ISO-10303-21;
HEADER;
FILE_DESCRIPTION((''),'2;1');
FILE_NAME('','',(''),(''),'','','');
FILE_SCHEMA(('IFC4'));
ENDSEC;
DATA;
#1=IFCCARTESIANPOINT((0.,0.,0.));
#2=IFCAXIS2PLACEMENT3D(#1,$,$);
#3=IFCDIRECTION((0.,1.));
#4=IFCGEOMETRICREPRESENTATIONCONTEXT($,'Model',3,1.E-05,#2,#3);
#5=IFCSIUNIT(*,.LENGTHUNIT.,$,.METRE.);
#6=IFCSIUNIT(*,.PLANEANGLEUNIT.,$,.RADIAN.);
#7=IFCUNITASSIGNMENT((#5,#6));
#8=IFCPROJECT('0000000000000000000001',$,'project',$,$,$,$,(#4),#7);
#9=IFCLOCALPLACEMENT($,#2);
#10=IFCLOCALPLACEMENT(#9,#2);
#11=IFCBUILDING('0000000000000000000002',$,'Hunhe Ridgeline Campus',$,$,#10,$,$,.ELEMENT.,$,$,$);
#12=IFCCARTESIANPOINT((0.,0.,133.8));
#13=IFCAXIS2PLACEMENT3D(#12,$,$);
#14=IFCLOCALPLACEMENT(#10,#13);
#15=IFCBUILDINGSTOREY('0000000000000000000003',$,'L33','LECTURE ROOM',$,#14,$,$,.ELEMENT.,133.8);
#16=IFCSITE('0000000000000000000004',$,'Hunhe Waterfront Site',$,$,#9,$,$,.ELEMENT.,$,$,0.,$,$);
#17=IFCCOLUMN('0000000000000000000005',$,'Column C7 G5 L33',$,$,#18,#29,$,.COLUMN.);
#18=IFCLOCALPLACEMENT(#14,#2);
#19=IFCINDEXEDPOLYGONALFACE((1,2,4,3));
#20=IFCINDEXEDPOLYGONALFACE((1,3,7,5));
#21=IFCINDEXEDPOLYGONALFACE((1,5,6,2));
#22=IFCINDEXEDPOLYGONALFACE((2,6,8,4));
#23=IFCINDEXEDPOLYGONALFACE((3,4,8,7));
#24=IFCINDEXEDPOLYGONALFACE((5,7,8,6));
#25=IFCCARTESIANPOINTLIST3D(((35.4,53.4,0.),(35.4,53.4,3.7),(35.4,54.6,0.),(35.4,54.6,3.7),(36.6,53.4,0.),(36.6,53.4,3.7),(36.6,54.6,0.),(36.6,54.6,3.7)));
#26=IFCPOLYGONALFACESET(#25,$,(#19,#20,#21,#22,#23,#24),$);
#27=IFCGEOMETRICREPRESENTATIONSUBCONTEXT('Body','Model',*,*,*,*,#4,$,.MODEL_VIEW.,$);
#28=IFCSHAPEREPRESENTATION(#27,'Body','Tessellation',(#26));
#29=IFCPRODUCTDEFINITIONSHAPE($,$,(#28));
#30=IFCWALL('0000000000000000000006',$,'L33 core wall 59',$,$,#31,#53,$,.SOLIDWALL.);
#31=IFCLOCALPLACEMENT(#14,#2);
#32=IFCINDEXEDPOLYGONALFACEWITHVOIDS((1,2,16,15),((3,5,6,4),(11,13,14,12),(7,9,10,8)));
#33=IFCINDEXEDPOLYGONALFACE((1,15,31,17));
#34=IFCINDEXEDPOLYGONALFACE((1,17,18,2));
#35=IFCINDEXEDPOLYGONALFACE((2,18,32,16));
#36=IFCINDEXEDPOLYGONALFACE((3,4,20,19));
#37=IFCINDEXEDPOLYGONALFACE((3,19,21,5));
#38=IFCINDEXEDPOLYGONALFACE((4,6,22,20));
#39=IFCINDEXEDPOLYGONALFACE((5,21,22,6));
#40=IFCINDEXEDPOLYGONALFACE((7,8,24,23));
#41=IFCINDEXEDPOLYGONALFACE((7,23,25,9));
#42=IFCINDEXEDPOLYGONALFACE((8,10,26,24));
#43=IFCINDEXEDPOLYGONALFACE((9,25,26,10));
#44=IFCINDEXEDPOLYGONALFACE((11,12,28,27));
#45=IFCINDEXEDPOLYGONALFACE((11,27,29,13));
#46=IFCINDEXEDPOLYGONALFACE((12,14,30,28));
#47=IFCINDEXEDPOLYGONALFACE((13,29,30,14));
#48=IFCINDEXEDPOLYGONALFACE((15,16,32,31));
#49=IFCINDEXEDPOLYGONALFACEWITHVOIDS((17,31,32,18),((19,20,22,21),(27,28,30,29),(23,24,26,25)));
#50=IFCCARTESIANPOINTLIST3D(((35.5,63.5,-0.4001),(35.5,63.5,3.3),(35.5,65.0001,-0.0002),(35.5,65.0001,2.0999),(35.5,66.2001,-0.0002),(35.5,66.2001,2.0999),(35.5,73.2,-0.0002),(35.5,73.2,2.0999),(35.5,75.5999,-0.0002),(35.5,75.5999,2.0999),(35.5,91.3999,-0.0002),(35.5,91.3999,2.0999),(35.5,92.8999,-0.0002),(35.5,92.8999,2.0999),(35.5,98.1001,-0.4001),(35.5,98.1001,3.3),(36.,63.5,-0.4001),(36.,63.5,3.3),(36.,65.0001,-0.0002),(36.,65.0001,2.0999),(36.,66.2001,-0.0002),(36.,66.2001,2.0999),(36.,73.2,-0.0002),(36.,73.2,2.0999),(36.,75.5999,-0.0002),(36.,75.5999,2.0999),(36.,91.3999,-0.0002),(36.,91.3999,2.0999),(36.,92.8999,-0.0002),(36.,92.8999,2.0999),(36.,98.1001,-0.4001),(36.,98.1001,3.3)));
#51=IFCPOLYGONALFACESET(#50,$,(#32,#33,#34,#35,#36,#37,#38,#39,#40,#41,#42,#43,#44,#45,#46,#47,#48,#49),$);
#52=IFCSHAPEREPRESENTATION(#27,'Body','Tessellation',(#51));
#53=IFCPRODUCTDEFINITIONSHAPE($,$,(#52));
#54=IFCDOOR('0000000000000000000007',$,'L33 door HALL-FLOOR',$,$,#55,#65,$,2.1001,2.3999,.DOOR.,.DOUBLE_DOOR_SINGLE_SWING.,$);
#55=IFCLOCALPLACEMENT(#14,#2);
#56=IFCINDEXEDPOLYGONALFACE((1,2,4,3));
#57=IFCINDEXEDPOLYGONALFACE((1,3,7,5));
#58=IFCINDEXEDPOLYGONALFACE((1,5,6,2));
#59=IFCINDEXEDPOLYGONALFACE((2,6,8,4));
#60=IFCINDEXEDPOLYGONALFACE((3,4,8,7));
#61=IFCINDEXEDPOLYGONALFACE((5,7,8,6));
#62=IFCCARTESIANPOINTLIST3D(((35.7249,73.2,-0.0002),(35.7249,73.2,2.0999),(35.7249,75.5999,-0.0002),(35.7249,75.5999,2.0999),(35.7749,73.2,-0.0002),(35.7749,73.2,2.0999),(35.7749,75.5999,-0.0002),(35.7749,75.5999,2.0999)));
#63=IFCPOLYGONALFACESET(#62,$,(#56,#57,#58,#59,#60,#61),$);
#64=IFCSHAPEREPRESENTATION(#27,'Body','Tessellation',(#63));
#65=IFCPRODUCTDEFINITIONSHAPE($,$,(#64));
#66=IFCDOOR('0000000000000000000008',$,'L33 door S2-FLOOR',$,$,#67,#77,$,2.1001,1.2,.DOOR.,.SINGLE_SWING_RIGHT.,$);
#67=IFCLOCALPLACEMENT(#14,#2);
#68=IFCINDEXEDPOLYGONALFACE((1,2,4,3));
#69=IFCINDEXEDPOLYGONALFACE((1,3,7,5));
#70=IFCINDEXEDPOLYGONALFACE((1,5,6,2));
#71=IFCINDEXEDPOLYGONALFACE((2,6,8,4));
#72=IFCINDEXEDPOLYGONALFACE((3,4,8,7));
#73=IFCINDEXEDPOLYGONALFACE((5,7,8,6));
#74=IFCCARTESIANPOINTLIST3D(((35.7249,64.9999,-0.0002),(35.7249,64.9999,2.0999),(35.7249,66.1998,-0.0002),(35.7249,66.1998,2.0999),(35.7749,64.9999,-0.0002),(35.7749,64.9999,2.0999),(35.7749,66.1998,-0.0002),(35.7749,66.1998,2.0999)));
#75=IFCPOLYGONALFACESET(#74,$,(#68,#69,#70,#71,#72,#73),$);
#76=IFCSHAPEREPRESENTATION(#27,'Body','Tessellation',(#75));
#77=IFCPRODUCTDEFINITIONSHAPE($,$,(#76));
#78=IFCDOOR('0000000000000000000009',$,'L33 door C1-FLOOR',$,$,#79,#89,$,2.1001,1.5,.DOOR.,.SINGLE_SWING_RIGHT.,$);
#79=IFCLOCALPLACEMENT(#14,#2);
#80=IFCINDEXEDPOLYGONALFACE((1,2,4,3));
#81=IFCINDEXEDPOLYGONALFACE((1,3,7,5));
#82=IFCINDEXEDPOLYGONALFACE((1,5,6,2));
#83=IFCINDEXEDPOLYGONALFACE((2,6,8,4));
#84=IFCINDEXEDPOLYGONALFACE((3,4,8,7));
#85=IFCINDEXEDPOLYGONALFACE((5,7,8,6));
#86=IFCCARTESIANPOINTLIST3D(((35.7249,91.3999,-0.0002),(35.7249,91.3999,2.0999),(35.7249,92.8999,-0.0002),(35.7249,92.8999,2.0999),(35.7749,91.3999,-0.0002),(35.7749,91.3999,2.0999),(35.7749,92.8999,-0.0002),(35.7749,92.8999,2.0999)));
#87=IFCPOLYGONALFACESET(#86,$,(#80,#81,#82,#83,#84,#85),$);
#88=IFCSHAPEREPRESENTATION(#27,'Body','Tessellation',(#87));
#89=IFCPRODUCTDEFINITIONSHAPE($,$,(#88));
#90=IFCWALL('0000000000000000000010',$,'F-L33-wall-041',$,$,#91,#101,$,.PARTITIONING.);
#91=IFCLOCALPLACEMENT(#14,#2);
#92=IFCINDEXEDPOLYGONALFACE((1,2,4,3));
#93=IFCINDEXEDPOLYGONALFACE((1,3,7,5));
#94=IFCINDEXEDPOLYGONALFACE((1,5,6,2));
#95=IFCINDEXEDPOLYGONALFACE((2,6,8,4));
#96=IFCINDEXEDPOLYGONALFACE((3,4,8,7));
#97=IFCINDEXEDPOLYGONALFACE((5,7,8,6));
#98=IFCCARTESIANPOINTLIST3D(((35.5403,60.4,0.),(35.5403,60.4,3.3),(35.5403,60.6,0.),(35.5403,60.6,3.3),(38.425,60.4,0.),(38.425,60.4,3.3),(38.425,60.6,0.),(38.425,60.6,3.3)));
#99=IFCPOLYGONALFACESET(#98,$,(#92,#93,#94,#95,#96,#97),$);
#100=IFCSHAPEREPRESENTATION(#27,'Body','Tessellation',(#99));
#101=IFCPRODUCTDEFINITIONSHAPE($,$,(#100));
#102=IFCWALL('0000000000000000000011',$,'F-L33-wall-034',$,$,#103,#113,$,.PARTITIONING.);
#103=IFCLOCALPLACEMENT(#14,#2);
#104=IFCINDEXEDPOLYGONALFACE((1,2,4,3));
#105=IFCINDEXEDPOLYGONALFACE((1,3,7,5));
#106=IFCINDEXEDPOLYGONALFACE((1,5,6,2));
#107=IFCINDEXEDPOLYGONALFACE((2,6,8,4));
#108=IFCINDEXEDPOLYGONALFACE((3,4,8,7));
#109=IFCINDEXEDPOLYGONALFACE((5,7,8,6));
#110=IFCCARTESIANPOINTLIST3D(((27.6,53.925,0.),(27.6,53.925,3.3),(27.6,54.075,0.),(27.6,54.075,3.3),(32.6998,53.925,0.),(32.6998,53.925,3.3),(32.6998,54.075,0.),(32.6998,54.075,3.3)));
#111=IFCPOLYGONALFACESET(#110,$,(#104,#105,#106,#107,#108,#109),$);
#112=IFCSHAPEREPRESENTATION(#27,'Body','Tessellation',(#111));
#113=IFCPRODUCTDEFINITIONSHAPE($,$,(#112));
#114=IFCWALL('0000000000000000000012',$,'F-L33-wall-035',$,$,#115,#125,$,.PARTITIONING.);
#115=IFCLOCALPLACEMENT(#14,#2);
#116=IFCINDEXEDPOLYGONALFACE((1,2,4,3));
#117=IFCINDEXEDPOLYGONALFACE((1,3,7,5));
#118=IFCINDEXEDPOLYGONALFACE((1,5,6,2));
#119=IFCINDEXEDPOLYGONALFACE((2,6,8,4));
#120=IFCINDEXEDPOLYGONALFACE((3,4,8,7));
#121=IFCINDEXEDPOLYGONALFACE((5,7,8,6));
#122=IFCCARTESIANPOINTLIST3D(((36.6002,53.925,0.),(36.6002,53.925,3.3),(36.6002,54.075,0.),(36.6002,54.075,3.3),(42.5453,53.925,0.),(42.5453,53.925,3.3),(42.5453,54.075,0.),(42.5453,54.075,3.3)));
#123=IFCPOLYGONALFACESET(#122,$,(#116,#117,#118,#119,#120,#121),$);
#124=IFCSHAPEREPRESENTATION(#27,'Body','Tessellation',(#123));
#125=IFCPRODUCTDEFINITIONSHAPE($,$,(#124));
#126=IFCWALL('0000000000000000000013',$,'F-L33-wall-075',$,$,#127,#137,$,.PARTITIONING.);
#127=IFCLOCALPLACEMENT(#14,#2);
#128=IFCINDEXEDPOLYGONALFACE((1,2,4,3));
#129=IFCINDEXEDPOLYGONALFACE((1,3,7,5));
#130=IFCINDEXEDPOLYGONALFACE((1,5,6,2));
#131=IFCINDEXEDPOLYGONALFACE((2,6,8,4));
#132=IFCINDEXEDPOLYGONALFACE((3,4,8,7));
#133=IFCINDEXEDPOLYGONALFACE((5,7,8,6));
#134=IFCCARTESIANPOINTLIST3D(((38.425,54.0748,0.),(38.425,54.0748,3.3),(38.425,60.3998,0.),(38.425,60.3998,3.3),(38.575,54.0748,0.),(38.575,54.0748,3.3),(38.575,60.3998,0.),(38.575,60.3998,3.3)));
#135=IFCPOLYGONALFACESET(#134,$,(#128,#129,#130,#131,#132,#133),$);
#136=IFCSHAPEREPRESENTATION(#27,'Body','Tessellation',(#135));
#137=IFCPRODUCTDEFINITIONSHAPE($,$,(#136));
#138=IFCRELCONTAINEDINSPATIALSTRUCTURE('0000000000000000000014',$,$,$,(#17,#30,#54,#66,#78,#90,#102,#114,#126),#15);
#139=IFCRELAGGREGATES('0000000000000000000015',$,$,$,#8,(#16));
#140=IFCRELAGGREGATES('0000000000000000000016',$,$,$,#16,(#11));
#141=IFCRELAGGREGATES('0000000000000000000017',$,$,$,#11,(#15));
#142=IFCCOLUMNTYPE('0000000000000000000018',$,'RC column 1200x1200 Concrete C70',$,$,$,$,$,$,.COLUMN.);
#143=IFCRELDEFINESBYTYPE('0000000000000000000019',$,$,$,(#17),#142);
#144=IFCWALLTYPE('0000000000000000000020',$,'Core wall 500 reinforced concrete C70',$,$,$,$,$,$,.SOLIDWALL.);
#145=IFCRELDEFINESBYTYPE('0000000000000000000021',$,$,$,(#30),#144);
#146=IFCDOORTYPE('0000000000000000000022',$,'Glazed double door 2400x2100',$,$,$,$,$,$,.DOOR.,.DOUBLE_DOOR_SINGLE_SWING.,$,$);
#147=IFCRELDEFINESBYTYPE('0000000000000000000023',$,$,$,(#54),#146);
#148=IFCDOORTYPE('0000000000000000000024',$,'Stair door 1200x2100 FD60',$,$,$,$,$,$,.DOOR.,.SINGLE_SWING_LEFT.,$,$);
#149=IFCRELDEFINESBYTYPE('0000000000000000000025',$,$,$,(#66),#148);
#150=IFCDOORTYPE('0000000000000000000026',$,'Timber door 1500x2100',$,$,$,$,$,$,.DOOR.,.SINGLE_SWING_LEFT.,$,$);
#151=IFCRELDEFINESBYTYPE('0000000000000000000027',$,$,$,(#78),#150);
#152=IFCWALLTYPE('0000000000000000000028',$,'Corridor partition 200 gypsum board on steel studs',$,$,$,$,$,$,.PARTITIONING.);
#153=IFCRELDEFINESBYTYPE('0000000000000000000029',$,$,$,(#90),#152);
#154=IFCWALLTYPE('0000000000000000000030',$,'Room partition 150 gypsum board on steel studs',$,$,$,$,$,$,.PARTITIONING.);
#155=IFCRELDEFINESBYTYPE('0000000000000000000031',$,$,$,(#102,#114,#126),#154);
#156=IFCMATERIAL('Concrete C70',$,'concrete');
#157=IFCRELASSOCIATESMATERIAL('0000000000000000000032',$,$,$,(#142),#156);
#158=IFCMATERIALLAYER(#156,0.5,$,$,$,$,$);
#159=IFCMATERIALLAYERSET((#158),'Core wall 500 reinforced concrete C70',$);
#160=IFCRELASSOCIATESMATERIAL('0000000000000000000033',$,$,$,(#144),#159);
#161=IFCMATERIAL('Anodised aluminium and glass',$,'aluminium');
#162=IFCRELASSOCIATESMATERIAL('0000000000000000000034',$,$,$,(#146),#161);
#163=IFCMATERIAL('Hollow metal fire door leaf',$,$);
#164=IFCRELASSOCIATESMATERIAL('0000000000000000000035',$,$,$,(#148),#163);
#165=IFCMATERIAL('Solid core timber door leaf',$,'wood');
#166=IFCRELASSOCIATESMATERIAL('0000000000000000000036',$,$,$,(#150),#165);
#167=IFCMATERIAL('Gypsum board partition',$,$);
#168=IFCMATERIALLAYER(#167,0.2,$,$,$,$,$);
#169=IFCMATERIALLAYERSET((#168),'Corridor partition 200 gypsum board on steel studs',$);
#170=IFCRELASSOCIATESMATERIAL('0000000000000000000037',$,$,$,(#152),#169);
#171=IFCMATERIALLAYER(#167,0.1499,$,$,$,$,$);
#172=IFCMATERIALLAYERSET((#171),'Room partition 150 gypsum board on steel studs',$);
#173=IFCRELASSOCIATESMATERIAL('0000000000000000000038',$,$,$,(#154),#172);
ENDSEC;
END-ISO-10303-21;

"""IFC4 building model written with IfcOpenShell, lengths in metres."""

from ifc_helpers import new_model, si_unit, direction, frame, frame_2d, origin, origin_2d, place, context, subcontext, project, spatial, rectangle, extrude, material, layer, layer_set, material_profile, profile_set, type_object, element, fill, save


model = new_model("IFC4")

# Units and contexts
model_context = context("Model", 3, precision=1e-05, world=origin(), true_north=direction((0.0, 1.0)))
body_context = subcontext(model_context, "Body", "Model", "MODEL_VIEW")
ifc_project = project(units=[si_unit("LENGTHUNIT", "METRE"), si_unit("PLANEANGLEUNIT", "RADIAN")], contexts=[model_context])

# Site, building, storey
site_placement = place(None, origin())
site = spatial("IfcSite", under=ifc_project, at=site_placement, Name="Hunhe Waterfront Site", CompositionType="ELEMENT", RefElevation=0.0)
building_placement = place(site_placement, origin())
building = spatial("IfcBuilding", under=site, at=building_placement, Name="Hunhe Ridgeline Campus", CompositionType="ELEMENT")
storey_placement = place(building_placement, frame((0.0, 0.0, 133.8)))
storey = spatial("IfcBuildingStorey", under=building, at=storey_placement, Name="L33", Description="LECTURE ROOM", CompositionType="ELEMENT", Elevation=133.8)

# Column
ifc_material_1 = material(Name="Concrete C70", Category="concrete")
ifc_material_profile = material_profile(ifc_material_1, rectangle(XDim=1.2, YDim=1.2, at=origin_2d()))
ifc_profile_set = profile_set([ifc_material_profile], Name="Concrete C70")
column_type = type_object("IfcColumnType", Name="RC column 1200x1200 Concrete C70", PredefinedType="COLUMN", material=ifc_profile_set)
column_placement = place(storey_placement, frame((36.0, 54.0, 0.0), z_axis=(0.0, 0.0, 1.0), x_axis=(1.0, 0.0, 0.0)))
element("IfcColumn", 1, at=column_placement, inside=storey, type_object=column_type, Name="Column C7 G5 L33", PredefinedType="COLUMN", context=body_context, shape_type="SweptSolid", body=[
    extrude(rectangle(XDim=1.2, YDim=1.2, at=origin_2d()), origin(), (0.0, 0.0, 1.0), 3.7),
])

# Wall, openings, doors
ifc_layer_1 = layer(ifc_material_1, 0.5)
ifc_layer_set_1 = layer_set([ifc_layer_1], Name="Core wall 500 reinforced concrete C70")
wall_type_1 = type_object("IfcWallType", Name="Core wall 500 reinforced concrete C70", PredefinedType="SOLIDWALL", material=ifc_layer_set_1)
wall_1_placement = place(storey_placement, frame((35.75, 63.5, -0.4001), z_axis=(0.0, 0.0, 1.0), x_axis=(0.0, 1.0, 0.0)))
wall_1 = element("IfcWall", 2, at=wall_1_placement, inside=storey, type_object=wall_type_1, Name="L33 core wall 59", PredefinedType="SOLIDWALL", context=body_context, shape_type="SweptSolid", body=[
    extrude(rectangle(XDim=34.6001, YDim=0.5, at=frame_2d((17.3, 0.0))), origin(), (0.0, 0.0, 1.0), 3.7002),
])
opening_1_placement = place(wall_1_placement, frame((9.7, 0.0, 0.3999)))
opening_1 = element("IfcOpeningElement", 3, at=opening_1_placement, cuts=wall_1, PredefinedType="OPENING", context=body_context, shape_type="SweptSolid", body=[
    extrude(rectangle(XDim=2.3999, YDim=2.1001, at=frame_2d((1.2, 1.05))), frame((0.0, 0.25, 0.0), z_axis=(0.0, -1.0, 0.0), x_axis=(1.0, 0.0, 0.0)), (0.0, 0.0, 1.0), 0.5),
])
opening_2_placement = place(wall_1_placement, frame((27.8999, 0.0, 0.3999)))
opening_2 = element("IfcOpeningElement", 4, at=opening_2_placement, cuts=wall_1, PredefinedType="OPENING", context=body_context, shape_type="SweptSolid", body=[
    extrude(rectangle(XDim=1.5, YDim=2.1001, at=frame_2d((0.75, 1.05))), frame((0.0, 0.25, 0.0), z_axis=(0.0, -1.0, 0.0), x_axis=(1.0, 0.0, 0.0)), (0.0, 0.0, 1.0), 0.5),
])
opening_3_placement = place(wall_1_placement, frame((1.5, 0.0, 0.3999)))
opening_3 = element("IfcOpeningElement", 5, at=opening_3_placement, cuts=wall_1, PredefinedType="OPENING", context=body_context, shape_type="SweptSolid", body=[
    extrude(rectangle(XDim=1.2, YDim=2.1001, at=frame_2d((0.6001, 1.05))), frame((0.0, 0.25, 0.0), z_axis=(0.0, -1.0, 0.0), x_axis=(1.0, 0.0, 0.0)), (0.0, 0.0, 1.0), 0.5),
])
ifc_material_2 = material(Name="Anodised aluminium and glass", Category="aluminium")
door_type_1 = type_object("IfcDoorType", Name="Glazed double door 2400x2100", OperationType="DOUBLE_DOOR_SINGLE_SWING", PredefinedType="DOOR", material=ifc_material_2)
door_1_placement = place(opening_1_placement, frame((2.3999, 0.0, 0.0), z_axis=(0.0, 0.0, 1.0), x_axis=(-1.0, 0.0, 0.0)))
door_1 = element("IfcDoor", 6, at=door_1_placement, inside=storey, type_object=door_type_1, Name="L33 door HALL-FLOOR", OperationType="DOUBLE_DOOR_SINGLE_SWING", OverallHeight=2.1001, OverallWidth=2.3999, PredefinedType="DOOR", context=body_context, shape_type="SweptSolid", body=[
    extrude(rectangle(XDim=2.3999, YDim=2.1001, at=frame_2d((1.2, 1.05))), frame((0.0, 0.0249, 0.0), z_axis=(0.0, -1.0, 0.0), x_axis=(1.0, 0.0, 0.0)), (0.0, 0.0, 1.0), 0.05),
])
fill(opening_1, door_1)
ifc_material_3 = material(Name="Hollow metal fire door leaf")
door_type_2 = type_object("IfcDoorType", Name="Stair door 1200x2100 FD60", OperationType="SINGLE_SWING_LEFT", PredefinedType="DOOR", material=ifc_material_3)
door_2_placement = place(opening_3_placement, frame((1.2, 0.0, 0.0), z_axis=(0.0, 0.0, 1.0), x_axis=(-1.0, 0.0, 0.0)))
door_2 = element("IfcDoor", 7, at=door_2_placement, inside=storey, type_object=door_type_2, Name="L33 door S2-FLOOR", OperationType="SINGLE_SWING_RIGHT", OverallHeight=2.1001, OverallWidth=1.2, PredefinedType="DOOR", context=body_context, shape_type="SweptSolid", body=[
    extrude(rectangle(XDim=1.2, YDim=2.1001, at=frame_2d((0.6001, 1.05))), frame((0.0, 0.0249, 0.0), z_axis=(0.0, -1.0, 0.0), x_axis=(1.0, 0.0, 0.0)), (0.0, 0.0, 1.0), 0.05),
])
fill(opening_3, door_2)
ifc_material_4 = material(Name="Solid core timber door leaf", Category="wood")
door_type_3 = type_object("IfcDoorType", Name="Timber door 1500x2100", OperationType="SINGLE_SWING_LEFT", PredefinedType="DOOR", material=ifc_material_4)
door_3_placement = place(opening_2_placement, frame((1.5, 0.0, 0.0), z_axis=(0.0, 0.0, 1.0), x_axis=(-1.0, 0.0, 0.0)))
door_3 = element("IfcDoor", 8, at=door_3_placement, inside=storey, type_object=door_type_3, Name="L33 door C1-FLOOR", OperationType="SINGLE_SWING_RIGHT", OverallHeight=2.1001, OverallWidth=1.5, PredefinedType="DOOR", context=body_context, shape_type="SweptSolid", body=[
    extrude(rectangle(XDim=1.5, YDim=2.1001, at=frame_2d((0.75, 1.05))), frame((0.0, 0.0249, 0.0), z_axis=(0.0, -1.0, 0.0), x_axis=(1.0, 0.0, 0.0)), (0.0, 0.0, 1.0), 0.05),
])
fill(opening_2, door_3)

# Shared definitions
ifc_material_5 = material(Name="Gypsum board partition")
ifc_layer_2 = layer(ifc_material_5, 0.2)
ifc_layer_set_2 = layer_set([ifc_layer_2], Name="Corridor partition 200 gypsum board on steel studs")
wall_type_2 = type_object("IfcWallType", Name="Corridor partition 200 gypsum board on steel studs", PredefinedType="PARTITIONING", material=ifc_layer_set_2)

# Wall
wall_2_placement = place(storey_placement, frame((38.425, 60.5, 0.0), z_axis=(0.0, 0.0, 1.0), x_axis=(-1.0, 0.0, 0.0)))
element("IfcWall", 9, at=wall_2_placement, inside=storey, type_object=wall_type_2, Name="F-L33-wall-041", PredefinedType="PARTITIONING", context=body_context, shape_type="SweptSolid", body=[
    extrude(rectangle(XDim=2.8848, YDim=0.2, at=frame_2d((1.4424, 0.0))), origin(), (0.0, 0.0, 1.0), 3.3),
])

# Walls
ifc_layer_3 = layer(ifc_material_5, 0.1499)
ifc_layer_set_3 = layer_set([ifc_layer_3], Name="Room partition 150 gypsum board on steel studs")
wall_type_3 = type_object("IfcWallType", Name="Room partition 150 gypsum board on steel studs", PredefinedType="PARTITIONING", material=ifc_layer_set_3)
wall_3_placement = place(storey_placement, frame((27.6001, 54.0, 0.0), z_axis=(0.0, 0.0, 1.0), x_axis=(1.0, 0.0, 0.0)))
element("IfcWall", 10, at=wall_3_placement, inside=storey, type_object=wall_type_3, Name="F-L33-wall-034", PredefinedType="PARTITIONING", context=body_context, shape_type="SweptSolid", body=[
    extrude(rectangle(XDim=5.0999, YDim=0.1499, at=frame_2d((2.5498, 0.0))), origin(), (0.0, 0.0, 1.0), 3.3),
])
wall_4_placement = place(storey_placement, frame((36.6001, 54.0, 0.0), z_axis=(0.0, 0.0, 1.0), x_axis=(1.0, 0.0, 0.0)))
element("IfcWall", 11, at=wall_4_placement, inside=storey, type_object=wall_type_3, Name="F-L33-wall-035", PredefinedType="PARTITIONING", context=body_context, shape_type="SweptSolid", body=[
    extrude(rectangle(XDim=5.9451, YDim=0.1499, at=frame_2d((2.9727, 0.0))), origin(), (0.0, 0.0, 1.0), 3.3),
])
wall_5_placement = place(storey_placement, frame((38.5, 60.3999, 0.0), z_axis=(0.0, 0.0, 1.0), x_axis=(0.0, -1.0, 0.0)))
element("IfcWall", 12, at=wall_5_placement, inside=storey, type_object=wall_type_3, Name="F-L33-wall-075", PredefinedType="PARTITIONING", context=body_context, shape_type="SweptSolid", body=[
    extrude(rectangle(XDim=6.325, YDim=0.1499, at=frame_2d((3.1626, 0.0))), origin(), (0.0, 0.0, 1.0), 3.3),
])

save(model, "model.ifc")
